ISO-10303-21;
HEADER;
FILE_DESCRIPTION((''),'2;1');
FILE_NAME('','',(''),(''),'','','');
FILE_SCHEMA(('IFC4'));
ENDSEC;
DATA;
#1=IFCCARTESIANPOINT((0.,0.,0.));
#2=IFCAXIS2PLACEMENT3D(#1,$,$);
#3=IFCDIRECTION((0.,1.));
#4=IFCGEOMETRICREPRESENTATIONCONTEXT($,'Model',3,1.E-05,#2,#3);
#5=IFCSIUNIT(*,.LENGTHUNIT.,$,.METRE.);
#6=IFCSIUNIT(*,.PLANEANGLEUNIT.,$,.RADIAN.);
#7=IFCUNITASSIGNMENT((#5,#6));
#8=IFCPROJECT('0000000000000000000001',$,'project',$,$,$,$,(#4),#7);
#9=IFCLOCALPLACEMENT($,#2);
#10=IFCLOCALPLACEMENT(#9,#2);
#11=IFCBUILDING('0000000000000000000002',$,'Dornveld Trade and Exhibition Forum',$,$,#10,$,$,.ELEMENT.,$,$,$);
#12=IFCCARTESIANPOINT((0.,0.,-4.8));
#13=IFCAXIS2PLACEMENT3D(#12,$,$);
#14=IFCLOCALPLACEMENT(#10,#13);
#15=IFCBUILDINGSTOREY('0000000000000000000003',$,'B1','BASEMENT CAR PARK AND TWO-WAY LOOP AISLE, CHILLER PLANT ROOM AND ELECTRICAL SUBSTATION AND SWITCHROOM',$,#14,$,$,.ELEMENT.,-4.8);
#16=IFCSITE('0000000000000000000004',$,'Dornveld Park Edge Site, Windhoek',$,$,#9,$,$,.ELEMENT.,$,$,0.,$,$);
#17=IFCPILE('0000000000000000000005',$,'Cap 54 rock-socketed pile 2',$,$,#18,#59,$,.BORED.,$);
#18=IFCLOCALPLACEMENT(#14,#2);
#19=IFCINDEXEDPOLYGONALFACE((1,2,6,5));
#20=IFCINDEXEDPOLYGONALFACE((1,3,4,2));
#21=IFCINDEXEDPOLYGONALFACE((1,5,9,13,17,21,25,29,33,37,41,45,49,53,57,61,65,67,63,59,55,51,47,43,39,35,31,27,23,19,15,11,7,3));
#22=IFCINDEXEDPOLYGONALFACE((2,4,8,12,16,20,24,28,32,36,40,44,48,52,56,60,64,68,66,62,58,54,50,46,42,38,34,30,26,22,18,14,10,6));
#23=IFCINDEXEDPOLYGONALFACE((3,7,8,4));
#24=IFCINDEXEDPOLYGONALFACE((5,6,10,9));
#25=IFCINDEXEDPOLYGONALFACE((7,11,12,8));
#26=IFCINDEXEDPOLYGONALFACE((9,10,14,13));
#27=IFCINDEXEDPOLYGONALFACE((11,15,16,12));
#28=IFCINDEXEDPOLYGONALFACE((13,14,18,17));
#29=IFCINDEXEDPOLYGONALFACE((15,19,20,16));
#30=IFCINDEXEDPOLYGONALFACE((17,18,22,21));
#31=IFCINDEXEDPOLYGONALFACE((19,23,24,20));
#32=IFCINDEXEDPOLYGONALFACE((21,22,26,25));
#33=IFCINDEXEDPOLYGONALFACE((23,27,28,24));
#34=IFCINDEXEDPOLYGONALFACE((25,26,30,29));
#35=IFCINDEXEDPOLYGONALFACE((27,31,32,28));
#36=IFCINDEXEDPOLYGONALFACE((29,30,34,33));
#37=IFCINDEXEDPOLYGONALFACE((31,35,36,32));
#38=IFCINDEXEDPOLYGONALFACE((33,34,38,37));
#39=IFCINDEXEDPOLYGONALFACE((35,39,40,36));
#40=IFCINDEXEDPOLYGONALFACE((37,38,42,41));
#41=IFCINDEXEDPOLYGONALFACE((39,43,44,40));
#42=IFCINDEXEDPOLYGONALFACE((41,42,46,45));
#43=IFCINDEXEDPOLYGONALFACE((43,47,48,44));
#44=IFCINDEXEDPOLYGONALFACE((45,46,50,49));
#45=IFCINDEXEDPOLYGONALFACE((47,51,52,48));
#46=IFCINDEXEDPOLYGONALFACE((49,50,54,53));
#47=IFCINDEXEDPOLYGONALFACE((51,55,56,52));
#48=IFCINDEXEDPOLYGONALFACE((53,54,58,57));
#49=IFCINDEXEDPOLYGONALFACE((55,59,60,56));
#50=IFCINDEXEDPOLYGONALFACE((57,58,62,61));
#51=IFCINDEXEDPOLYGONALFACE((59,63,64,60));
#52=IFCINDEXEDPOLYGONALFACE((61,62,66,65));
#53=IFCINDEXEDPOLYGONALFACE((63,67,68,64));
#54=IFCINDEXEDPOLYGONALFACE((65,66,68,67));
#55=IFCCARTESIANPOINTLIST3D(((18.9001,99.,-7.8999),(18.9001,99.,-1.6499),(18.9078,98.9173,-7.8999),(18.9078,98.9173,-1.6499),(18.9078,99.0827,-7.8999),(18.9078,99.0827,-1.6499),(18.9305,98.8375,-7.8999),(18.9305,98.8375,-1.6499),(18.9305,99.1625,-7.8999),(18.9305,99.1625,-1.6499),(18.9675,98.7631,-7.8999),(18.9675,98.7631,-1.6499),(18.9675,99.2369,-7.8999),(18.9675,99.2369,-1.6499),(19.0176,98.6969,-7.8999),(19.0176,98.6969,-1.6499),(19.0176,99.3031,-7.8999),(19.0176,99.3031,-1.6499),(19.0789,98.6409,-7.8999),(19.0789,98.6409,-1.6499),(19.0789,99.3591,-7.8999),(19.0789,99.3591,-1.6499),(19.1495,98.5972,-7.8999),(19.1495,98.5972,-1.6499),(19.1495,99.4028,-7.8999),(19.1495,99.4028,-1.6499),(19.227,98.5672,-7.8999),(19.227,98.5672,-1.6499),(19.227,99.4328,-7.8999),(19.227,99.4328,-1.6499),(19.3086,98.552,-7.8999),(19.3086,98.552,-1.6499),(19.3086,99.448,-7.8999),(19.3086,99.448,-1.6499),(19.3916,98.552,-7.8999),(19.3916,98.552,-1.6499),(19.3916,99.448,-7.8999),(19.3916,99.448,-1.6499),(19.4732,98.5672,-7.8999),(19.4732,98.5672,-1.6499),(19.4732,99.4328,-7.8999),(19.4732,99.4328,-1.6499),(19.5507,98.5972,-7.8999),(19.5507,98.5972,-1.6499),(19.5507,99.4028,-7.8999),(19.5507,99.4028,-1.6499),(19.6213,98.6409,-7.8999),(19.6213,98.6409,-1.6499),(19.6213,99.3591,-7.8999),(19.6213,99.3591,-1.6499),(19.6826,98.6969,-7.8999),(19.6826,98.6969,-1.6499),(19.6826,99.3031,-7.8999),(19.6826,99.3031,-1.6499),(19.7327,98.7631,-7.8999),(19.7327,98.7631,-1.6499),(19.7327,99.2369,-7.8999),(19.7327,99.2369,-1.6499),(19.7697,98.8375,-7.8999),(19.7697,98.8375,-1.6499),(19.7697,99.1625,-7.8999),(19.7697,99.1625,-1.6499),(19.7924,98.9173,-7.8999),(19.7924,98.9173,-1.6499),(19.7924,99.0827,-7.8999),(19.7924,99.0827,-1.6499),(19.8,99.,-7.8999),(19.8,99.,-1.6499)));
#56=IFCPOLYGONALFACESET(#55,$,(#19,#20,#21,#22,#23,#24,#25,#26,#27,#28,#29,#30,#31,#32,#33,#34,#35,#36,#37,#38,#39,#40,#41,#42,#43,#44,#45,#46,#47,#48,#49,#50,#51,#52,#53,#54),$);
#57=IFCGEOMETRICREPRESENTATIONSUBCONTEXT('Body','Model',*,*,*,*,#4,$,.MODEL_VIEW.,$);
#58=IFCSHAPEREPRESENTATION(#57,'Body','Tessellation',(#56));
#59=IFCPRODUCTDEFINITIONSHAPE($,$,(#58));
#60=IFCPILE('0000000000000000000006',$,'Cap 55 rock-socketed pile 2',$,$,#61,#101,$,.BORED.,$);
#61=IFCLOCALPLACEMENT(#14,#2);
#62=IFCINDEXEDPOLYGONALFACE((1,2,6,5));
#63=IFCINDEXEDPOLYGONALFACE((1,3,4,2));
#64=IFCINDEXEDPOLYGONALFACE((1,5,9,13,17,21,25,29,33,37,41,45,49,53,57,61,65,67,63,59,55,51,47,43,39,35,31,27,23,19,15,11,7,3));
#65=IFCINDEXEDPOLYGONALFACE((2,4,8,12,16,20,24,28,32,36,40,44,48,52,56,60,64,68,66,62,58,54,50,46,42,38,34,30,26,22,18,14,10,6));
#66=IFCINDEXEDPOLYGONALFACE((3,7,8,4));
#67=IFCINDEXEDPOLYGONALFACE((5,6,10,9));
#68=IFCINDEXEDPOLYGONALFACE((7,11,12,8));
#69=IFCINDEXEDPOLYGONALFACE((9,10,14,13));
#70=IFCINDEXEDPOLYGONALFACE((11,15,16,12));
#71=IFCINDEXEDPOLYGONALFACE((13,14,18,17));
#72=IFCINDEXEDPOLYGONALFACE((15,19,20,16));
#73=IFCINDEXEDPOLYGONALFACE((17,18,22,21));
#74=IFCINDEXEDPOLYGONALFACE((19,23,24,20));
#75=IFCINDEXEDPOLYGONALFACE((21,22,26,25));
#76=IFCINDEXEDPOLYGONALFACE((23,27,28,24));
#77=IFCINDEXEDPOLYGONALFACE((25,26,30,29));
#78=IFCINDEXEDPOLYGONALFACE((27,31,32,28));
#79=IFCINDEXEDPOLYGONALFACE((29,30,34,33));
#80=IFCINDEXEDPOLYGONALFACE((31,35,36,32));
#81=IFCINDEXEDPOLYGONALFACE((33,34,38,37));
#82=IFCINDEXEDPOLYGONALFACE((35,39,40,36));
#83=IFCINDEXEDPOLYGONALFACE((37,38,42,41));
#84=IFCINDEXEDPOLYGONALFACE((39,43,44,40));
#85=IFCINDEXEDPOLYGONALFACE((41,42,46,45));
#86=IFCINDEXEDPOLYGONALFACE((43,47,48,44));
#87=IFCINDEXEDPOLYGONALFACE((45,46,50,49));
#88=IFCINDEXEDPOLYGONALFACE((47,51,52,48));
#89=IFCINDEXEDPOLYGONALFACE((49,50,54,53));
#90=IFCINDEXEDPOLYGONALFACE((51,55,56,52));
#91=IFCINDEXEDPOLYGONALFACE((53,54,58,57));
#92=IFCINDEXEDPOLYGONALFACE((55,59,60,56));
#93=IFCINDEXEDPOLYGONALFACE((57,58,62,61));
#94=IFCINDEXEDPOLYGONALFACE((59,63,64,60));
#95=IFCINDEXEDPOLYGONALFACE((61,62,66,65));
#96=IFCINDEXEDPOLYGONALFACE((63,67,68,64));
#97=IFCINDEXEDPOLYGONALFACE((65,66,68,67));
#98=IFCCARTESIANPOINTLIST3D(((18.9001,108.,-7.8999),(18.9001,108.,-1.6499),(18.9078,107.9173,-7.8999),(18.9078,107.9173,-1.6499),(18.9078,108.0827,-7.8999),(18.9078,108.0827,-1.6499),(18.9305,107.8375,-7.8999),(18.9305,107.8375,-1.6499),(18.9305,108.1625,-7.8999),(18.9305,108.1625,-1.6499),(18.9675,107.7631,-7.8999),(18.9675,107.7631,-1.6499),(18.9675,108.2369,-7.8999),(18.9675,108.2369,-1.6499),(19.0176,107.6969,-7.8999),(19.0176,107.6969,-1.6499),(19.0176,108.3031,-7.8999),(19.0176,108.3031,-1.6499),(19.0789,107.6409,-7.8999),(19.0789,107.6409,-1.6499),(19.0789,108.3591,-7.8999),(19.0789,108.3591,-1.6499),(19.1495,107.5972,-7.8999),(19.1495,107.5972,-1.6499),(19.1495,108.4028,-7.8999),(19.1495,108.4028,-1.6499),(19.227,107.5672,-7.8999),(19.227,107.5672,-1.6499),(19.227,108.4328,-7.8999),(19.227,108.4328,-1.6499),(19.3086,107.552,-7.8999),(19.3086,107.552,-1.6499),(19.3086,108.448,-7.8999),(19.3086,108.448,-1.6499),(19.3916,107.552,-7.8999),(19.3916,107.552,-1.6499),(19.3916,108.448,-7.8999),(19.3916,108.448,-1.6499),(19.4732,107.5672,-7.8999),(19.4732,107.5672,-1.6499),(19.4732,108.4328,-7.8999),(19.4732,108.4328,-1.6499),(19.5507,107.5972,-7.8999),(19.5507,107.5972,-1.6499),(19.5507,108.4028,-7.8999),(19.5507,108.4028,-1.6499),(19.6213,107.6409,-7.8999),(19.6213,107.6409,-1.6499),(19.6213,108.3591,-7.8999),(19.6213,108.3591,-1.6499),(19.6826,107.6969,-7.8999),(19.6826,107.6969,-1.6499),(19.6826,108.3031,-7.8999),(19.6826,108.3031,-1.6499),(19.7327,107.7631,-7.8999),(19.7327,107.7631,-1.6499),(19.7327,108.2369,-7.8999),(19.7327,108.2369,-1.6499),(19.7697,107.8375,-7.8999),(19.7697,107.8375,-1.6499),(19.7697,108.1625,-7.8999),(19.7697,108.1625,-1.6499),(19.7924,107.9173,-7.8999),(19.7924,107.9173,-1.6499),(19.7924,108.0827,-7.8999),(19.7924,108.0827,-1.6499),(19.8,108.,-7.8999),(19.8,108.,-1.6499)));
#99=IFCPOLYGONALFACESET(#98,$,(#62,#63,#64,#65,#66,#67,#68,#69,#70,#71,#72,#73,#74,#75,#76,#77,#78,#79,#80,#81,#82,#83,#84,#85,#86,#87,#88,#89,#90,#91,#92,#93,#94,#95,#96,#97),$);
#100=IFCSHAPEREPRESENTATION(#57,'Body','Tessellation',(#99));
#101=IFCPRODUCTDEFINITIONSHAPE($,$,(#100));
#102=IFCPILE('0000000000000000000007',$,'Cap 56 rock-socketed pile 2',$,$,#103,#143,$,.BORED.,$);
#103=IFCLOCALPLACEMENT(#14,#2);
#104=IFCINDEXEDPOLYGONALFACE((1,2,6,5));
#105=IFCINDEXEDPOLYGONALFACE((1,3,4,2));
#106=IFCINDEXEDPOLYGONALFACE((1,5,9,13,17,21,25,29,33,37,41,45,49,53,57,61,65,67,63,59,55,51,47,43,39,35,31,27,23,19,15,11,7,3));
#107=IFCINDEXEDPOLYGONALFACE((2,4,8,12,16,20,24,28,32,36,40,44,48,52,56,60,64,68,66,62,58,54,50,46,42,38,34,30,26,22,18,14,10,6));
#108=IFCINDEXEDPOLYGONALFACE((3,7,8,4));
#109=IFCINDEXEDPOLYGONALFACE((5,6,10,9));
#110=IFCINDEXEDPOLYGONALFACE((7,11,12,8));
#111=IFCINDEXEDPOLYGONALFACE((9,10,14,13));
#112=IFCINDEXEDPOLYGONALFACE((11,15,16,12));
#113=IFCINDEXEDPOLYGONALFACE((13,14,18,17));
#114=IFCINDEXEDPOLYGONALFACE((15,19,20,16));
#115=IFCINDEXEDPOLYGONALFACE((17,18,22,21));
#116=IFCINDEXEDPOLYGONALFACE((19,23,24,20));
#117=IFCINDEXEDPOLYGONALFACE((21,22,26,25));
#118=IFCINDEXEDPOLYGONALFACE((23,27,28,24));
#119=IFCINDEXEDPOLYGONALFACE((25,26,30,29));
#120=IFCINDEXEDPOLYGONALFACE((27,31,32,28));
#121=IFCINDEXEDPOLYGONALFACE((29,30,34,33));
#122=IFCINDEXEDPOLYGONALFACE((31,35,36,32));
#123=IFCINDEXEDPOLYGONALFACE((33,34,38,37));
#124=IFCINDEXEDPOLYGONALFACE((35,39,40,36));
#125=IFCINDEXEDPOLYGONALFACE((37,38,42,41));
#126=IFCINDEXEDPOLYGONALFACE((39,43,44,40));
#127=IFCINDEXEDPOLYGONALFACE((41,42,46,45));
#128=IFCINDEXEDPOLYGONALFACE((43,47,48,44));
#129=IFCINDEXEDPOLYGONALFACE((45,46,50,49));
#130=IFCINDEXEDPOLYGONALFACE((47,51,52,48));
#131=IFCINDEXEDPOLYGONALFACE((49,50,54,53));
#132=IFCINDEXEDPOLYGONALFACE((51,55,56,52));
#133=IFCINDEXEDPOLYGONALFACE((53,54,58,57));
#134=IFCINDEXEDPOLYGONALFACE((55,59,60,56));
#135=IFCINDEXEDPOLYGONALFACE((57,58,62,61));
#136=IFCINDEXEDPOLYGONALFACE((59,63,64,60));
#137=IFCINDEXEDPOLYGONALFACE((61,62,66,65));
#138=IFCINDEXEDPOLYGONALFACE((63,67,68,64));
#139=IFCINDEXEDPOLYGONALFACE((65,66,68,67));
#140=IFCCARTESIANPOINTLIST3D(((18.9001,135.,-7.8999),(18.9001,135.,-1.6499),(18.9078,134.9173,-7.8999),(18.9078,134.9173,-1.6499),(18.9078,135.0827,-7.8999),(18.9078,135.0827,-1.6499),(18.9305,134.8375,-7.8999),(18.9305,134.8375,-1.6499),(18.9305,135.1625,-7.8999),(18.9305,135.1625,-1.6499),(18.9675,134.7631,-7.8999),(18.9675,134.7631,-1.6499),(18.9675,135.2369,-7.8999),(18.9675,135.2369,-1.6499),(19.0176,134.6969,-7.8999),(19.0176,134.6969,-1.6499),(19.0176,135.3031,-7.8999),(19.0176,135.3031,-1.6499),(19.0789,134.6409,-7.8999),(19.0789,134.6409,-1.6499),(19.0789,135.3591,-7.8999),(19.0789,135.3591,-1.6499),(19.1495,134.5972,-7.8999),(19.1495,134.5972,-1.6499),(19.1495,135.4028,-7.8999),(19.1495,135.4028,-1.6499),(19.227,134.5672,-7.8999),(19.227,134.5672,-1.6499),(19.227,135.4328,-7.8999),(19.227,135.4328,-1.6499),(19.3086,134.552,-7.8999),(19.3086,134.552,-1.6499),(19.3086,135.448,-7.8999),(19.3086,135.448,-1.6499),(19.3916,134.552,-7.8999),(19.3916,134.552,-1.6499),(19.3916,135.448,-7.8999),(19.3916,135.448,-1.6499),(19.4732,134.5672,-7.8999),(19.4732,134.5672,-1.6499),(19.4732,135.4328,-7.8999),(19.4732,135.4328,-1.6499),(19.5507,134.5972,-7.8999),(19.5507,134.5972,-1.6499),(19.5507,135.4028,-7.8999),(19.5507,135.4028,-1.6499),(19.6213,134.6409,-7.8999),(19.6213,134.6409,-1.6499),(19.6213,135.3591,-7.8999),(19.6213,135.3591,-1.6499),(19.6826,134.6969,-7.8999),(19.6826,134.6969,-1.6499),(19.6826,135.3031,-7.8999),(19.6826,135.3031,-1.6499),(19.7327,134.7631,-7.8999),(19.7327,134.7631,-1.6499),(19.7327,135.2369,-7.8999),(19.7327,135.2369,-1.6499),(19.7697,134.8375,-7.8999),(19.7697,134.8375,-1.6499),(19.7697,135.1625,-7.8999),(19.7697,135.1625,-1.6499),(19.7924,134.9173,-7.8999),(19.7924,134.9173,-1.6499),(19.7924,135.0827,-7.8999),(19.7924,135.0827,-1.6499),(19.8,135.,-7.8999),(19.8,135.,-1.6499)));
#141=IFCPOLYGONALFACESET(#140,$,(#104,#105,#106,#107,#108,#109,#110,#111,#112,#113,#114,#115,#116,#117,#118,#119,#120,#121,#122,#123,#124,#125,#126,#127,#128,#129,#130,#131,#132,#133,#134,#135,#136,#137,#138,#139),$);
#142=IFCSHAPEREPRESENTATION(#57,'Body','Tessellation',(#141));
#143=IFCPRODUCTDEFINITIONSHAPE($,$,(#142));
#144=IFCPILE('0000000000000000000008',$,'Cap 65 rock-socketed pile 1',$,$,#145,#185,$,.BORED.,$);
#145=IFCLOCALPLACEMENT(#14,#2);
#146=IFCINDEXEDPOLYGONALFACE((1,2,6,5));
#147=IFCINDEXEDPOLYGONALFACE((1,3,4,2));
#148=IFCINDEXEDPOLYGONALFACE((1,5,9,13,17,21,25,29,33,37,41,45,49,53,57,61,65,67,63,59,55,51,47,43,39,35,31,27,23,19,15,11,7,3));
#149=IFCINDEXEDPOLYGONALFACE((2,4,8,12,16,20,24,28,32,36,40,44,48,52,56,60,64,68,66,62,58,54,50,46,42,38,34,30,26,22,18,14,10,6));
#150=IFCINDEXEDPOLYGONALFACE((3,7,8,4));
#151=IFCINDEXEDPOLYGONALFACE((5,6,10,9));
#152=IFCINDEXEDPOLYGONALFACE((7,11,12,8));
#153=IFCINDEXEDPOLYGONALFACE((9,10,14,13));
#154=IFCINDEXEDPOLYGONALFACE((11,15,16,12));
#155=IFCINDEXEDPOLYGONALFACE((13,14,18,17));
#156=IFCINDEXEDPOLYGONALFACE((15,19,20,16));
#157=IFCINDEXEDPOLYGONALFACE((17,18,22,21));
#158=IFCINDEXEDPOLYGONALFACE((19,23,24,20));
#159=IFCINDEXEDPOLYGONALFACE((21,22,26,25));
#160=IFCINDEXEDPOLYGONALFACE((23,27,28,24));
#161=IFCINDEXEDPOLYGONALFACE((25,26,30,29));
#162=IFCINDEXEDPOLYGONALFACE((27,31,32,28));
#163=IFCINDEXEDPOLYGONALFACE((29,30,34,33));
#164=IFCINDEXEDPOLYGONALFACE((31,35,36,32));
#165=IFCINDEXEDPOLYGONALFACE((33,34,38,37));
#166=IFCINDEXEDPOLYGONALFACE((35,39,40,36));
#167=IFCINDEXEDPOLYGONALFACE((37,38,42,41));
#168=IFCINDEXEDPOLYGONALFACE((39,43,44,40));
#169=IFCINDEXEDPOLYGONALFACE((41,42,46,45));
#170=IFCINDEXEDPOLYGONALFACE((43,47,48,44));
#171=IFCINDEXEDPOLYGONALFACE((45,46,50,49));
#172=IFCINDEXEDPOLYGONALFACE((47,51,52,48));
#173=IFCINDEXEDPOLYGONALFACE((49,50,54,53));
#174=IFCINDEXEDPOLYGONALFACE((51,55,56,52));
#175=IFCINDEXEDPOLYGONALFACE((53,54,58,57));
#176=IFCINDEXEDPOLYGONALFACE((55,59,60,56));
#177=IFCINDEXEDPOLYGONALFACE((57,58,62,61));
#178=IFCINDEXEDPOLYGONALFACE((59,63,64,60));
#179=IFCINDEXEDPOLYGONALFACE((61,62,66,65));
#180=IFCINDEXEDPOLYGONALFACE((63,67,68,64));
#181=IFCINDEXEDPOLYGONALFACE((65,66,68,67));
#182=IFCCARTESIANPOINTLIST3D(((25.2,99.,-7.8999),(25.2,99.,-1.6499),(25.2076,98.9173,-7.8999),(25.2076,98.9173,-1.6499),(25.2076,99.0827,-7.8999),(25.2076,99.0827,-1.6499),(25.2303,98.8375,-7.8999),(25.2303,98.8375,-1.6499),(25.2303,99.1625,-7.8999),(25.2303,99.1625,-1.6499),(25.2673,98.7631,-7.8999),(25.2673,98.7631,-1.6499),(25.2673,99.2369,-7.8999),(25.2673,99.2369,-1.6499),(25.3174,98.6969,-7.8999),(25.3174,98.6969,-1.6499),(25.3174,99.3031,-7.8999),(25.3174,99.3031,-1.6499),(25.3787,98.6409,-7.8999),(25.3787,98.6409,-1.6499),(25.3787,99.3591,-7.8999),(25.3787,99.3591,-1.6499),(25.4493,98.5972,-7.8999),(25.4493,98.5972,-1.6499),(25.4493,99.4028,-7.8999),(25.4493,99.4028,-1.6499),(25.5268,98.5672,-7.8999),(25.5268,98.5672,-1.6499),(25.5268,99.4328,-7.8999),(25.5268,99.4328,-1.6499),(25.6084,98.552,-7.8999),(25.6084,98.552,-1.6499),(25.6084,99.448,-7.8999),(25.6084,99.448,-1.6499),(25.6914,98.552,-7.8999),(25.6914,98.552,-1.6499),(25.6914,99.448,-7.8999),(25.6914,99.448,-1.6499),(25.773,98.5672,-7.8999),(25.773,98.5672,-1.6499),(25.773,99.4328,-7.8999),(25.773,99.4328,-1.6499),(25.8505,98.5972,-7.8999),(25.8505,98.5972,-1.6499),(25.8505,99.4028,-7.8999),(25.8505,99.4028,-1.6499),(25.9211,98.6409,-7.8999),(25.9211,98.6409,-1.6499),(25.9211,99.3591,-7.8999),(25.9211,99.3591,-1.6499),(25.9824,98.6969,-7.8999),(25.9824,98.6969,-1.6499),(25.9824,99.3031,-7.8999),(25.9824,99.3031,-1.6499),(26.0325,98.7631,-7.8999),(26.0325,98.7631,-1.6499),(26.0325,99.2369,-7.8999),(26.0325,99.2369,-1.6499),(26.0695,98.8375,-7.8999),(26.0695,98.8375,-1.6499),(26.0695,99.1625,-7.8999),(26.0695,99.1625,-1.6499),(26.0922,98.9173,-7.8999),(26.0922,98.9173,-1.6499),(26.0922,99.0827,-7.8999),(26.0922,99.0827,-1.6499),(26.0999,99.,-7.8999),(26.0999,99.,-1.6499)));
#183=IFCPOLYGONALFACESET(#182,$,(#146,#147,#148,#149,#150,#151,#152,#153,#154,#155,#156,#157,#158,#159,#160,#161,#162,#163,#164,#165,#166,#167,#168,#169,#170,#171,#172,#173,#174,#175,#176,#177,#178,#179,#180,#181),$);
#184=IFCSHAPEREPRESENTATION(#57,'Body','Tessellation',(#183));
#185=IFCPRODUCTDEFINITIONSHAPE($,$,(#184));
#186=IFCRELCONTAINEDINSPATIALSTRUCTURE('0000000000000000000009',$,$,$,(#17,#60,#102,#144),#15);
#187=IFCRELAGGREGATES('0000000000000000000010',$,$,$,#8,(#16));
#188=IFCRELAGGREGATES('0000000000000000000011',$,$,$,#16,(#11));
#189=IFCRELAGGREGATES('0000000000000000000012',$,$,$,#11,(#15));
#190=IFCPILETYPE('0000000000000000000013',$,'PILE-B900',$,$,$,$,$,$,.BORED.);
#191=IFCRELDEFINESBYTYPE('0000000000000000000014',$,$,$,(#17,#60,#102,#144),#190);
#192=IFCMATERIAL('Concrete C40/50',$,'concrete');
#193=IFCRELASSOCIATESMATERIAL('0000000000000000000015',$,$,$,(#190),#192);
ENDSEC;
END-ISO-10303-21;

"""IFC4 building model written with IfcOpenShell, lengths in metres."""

from ifc_helpers import new_model, si_unit, direction, frame, origin, origin_2d, place, context, subcontext, project, spatial, circle, extrude, material, material_profile, profile_set, type_object, element, save


model = new_model("IFC4")

# Units and contexts
model_context = context("Model", 3, precision=1e-05, world=origin(), true_north=direction((0.0, 1.0)))
body_context = subcontext(model_context, "Body", "Model", "MODEL_VIEW")
ifc_project = project(units=[si_unit("LENGTHUNIT", "METRE"), si_unit("PLANEANGLEUNIT", "RADIAN")], contexts=[model_context])

# Site, building, storey
site_placement = place(None, origin())
site = spatial("IfcSite", under=ifc_project, at=site_placement, Name="Dornveld Park Edge Site, Windhoek", CompositionType="ELEMENT", RefElevation=0.0)
building_placement = place(site_placement, origin())
building = spatial("IfcBuilding", under=site, at=building_placement, Name="Dornveld Trade and Exhibition Forum", CompositionType="ELEMENT")
storey_placement = place(building_placement, frame((0.0, 0.0, -4.8)))
storey = spatial("IfcBuildingStorey", under=building, at=storey_placement, Name="B1", Description="BASEMENT CAR PARK AND TWO-WAY LOOP AISLE, CHILLER PLANT ROOM AND ELECTRICAL SUBSTATION AND SWITCHROOM", CompositionType="ELEMENT", Elevation=-4.8)

# Piles
ifc_material_1 = material(Name="Concrete C40/50", Category="concrete")
ifc_material_profile_1 = material_profile(ifc_material_1, circle(Radius=0.45, at=origin_2d()), Name="PILE D900")
ifc_profile_set_1 = profile_set([ifc_material_profile_1], Name="Concrete C40/50")
pile_type_1 = type_object("IfcPileType", Name="PILE-B900", PredefinedType="BORED", material=ifc_profile_set_1)
for number, where, z_axis, x_axis, name in (
    (1, (19.3501, 99.0, -1.6499), (0.0, 0.0, -1.0), (1.0, 0.0, 0.0), "Cap 54 rock-socketed pile 2"),
    (2, (19.3501, 108.0, -1.6499), (0.0, 0.0, -1.0), (1.0, 0.0, 0.0), "Cap 55 rock-socketed pile 2"),
    (3, (19.3501, 135.0, -1.6499), (0.0, 0.0, -1.0), (1.0, 0.0, 0.0), "Cap 56 rock-socketed pile 2"),
    (4, (25.6499, 99.0, -1.6499), (0.0, 0.0, -1.0), (1.0, 0.0, 0.0), "Cap 65 rock-socketed pile 1"),
):
    element("IfcPile", number, at=place(storey_placement, frame(where, z_axis=z_axis, x_axis=x_axis)), inside=storey, type_object=pile_type_1, Name=name, PredefinedType="BORED", context=body_context, shape_type="SweptSolid", body=[
        extrude(circle(Radius=0.45, at=origin_2d()), origin(), (0.0, 0.0, 1.0), 6.25),
    ])

save(model, "model.ifc")
